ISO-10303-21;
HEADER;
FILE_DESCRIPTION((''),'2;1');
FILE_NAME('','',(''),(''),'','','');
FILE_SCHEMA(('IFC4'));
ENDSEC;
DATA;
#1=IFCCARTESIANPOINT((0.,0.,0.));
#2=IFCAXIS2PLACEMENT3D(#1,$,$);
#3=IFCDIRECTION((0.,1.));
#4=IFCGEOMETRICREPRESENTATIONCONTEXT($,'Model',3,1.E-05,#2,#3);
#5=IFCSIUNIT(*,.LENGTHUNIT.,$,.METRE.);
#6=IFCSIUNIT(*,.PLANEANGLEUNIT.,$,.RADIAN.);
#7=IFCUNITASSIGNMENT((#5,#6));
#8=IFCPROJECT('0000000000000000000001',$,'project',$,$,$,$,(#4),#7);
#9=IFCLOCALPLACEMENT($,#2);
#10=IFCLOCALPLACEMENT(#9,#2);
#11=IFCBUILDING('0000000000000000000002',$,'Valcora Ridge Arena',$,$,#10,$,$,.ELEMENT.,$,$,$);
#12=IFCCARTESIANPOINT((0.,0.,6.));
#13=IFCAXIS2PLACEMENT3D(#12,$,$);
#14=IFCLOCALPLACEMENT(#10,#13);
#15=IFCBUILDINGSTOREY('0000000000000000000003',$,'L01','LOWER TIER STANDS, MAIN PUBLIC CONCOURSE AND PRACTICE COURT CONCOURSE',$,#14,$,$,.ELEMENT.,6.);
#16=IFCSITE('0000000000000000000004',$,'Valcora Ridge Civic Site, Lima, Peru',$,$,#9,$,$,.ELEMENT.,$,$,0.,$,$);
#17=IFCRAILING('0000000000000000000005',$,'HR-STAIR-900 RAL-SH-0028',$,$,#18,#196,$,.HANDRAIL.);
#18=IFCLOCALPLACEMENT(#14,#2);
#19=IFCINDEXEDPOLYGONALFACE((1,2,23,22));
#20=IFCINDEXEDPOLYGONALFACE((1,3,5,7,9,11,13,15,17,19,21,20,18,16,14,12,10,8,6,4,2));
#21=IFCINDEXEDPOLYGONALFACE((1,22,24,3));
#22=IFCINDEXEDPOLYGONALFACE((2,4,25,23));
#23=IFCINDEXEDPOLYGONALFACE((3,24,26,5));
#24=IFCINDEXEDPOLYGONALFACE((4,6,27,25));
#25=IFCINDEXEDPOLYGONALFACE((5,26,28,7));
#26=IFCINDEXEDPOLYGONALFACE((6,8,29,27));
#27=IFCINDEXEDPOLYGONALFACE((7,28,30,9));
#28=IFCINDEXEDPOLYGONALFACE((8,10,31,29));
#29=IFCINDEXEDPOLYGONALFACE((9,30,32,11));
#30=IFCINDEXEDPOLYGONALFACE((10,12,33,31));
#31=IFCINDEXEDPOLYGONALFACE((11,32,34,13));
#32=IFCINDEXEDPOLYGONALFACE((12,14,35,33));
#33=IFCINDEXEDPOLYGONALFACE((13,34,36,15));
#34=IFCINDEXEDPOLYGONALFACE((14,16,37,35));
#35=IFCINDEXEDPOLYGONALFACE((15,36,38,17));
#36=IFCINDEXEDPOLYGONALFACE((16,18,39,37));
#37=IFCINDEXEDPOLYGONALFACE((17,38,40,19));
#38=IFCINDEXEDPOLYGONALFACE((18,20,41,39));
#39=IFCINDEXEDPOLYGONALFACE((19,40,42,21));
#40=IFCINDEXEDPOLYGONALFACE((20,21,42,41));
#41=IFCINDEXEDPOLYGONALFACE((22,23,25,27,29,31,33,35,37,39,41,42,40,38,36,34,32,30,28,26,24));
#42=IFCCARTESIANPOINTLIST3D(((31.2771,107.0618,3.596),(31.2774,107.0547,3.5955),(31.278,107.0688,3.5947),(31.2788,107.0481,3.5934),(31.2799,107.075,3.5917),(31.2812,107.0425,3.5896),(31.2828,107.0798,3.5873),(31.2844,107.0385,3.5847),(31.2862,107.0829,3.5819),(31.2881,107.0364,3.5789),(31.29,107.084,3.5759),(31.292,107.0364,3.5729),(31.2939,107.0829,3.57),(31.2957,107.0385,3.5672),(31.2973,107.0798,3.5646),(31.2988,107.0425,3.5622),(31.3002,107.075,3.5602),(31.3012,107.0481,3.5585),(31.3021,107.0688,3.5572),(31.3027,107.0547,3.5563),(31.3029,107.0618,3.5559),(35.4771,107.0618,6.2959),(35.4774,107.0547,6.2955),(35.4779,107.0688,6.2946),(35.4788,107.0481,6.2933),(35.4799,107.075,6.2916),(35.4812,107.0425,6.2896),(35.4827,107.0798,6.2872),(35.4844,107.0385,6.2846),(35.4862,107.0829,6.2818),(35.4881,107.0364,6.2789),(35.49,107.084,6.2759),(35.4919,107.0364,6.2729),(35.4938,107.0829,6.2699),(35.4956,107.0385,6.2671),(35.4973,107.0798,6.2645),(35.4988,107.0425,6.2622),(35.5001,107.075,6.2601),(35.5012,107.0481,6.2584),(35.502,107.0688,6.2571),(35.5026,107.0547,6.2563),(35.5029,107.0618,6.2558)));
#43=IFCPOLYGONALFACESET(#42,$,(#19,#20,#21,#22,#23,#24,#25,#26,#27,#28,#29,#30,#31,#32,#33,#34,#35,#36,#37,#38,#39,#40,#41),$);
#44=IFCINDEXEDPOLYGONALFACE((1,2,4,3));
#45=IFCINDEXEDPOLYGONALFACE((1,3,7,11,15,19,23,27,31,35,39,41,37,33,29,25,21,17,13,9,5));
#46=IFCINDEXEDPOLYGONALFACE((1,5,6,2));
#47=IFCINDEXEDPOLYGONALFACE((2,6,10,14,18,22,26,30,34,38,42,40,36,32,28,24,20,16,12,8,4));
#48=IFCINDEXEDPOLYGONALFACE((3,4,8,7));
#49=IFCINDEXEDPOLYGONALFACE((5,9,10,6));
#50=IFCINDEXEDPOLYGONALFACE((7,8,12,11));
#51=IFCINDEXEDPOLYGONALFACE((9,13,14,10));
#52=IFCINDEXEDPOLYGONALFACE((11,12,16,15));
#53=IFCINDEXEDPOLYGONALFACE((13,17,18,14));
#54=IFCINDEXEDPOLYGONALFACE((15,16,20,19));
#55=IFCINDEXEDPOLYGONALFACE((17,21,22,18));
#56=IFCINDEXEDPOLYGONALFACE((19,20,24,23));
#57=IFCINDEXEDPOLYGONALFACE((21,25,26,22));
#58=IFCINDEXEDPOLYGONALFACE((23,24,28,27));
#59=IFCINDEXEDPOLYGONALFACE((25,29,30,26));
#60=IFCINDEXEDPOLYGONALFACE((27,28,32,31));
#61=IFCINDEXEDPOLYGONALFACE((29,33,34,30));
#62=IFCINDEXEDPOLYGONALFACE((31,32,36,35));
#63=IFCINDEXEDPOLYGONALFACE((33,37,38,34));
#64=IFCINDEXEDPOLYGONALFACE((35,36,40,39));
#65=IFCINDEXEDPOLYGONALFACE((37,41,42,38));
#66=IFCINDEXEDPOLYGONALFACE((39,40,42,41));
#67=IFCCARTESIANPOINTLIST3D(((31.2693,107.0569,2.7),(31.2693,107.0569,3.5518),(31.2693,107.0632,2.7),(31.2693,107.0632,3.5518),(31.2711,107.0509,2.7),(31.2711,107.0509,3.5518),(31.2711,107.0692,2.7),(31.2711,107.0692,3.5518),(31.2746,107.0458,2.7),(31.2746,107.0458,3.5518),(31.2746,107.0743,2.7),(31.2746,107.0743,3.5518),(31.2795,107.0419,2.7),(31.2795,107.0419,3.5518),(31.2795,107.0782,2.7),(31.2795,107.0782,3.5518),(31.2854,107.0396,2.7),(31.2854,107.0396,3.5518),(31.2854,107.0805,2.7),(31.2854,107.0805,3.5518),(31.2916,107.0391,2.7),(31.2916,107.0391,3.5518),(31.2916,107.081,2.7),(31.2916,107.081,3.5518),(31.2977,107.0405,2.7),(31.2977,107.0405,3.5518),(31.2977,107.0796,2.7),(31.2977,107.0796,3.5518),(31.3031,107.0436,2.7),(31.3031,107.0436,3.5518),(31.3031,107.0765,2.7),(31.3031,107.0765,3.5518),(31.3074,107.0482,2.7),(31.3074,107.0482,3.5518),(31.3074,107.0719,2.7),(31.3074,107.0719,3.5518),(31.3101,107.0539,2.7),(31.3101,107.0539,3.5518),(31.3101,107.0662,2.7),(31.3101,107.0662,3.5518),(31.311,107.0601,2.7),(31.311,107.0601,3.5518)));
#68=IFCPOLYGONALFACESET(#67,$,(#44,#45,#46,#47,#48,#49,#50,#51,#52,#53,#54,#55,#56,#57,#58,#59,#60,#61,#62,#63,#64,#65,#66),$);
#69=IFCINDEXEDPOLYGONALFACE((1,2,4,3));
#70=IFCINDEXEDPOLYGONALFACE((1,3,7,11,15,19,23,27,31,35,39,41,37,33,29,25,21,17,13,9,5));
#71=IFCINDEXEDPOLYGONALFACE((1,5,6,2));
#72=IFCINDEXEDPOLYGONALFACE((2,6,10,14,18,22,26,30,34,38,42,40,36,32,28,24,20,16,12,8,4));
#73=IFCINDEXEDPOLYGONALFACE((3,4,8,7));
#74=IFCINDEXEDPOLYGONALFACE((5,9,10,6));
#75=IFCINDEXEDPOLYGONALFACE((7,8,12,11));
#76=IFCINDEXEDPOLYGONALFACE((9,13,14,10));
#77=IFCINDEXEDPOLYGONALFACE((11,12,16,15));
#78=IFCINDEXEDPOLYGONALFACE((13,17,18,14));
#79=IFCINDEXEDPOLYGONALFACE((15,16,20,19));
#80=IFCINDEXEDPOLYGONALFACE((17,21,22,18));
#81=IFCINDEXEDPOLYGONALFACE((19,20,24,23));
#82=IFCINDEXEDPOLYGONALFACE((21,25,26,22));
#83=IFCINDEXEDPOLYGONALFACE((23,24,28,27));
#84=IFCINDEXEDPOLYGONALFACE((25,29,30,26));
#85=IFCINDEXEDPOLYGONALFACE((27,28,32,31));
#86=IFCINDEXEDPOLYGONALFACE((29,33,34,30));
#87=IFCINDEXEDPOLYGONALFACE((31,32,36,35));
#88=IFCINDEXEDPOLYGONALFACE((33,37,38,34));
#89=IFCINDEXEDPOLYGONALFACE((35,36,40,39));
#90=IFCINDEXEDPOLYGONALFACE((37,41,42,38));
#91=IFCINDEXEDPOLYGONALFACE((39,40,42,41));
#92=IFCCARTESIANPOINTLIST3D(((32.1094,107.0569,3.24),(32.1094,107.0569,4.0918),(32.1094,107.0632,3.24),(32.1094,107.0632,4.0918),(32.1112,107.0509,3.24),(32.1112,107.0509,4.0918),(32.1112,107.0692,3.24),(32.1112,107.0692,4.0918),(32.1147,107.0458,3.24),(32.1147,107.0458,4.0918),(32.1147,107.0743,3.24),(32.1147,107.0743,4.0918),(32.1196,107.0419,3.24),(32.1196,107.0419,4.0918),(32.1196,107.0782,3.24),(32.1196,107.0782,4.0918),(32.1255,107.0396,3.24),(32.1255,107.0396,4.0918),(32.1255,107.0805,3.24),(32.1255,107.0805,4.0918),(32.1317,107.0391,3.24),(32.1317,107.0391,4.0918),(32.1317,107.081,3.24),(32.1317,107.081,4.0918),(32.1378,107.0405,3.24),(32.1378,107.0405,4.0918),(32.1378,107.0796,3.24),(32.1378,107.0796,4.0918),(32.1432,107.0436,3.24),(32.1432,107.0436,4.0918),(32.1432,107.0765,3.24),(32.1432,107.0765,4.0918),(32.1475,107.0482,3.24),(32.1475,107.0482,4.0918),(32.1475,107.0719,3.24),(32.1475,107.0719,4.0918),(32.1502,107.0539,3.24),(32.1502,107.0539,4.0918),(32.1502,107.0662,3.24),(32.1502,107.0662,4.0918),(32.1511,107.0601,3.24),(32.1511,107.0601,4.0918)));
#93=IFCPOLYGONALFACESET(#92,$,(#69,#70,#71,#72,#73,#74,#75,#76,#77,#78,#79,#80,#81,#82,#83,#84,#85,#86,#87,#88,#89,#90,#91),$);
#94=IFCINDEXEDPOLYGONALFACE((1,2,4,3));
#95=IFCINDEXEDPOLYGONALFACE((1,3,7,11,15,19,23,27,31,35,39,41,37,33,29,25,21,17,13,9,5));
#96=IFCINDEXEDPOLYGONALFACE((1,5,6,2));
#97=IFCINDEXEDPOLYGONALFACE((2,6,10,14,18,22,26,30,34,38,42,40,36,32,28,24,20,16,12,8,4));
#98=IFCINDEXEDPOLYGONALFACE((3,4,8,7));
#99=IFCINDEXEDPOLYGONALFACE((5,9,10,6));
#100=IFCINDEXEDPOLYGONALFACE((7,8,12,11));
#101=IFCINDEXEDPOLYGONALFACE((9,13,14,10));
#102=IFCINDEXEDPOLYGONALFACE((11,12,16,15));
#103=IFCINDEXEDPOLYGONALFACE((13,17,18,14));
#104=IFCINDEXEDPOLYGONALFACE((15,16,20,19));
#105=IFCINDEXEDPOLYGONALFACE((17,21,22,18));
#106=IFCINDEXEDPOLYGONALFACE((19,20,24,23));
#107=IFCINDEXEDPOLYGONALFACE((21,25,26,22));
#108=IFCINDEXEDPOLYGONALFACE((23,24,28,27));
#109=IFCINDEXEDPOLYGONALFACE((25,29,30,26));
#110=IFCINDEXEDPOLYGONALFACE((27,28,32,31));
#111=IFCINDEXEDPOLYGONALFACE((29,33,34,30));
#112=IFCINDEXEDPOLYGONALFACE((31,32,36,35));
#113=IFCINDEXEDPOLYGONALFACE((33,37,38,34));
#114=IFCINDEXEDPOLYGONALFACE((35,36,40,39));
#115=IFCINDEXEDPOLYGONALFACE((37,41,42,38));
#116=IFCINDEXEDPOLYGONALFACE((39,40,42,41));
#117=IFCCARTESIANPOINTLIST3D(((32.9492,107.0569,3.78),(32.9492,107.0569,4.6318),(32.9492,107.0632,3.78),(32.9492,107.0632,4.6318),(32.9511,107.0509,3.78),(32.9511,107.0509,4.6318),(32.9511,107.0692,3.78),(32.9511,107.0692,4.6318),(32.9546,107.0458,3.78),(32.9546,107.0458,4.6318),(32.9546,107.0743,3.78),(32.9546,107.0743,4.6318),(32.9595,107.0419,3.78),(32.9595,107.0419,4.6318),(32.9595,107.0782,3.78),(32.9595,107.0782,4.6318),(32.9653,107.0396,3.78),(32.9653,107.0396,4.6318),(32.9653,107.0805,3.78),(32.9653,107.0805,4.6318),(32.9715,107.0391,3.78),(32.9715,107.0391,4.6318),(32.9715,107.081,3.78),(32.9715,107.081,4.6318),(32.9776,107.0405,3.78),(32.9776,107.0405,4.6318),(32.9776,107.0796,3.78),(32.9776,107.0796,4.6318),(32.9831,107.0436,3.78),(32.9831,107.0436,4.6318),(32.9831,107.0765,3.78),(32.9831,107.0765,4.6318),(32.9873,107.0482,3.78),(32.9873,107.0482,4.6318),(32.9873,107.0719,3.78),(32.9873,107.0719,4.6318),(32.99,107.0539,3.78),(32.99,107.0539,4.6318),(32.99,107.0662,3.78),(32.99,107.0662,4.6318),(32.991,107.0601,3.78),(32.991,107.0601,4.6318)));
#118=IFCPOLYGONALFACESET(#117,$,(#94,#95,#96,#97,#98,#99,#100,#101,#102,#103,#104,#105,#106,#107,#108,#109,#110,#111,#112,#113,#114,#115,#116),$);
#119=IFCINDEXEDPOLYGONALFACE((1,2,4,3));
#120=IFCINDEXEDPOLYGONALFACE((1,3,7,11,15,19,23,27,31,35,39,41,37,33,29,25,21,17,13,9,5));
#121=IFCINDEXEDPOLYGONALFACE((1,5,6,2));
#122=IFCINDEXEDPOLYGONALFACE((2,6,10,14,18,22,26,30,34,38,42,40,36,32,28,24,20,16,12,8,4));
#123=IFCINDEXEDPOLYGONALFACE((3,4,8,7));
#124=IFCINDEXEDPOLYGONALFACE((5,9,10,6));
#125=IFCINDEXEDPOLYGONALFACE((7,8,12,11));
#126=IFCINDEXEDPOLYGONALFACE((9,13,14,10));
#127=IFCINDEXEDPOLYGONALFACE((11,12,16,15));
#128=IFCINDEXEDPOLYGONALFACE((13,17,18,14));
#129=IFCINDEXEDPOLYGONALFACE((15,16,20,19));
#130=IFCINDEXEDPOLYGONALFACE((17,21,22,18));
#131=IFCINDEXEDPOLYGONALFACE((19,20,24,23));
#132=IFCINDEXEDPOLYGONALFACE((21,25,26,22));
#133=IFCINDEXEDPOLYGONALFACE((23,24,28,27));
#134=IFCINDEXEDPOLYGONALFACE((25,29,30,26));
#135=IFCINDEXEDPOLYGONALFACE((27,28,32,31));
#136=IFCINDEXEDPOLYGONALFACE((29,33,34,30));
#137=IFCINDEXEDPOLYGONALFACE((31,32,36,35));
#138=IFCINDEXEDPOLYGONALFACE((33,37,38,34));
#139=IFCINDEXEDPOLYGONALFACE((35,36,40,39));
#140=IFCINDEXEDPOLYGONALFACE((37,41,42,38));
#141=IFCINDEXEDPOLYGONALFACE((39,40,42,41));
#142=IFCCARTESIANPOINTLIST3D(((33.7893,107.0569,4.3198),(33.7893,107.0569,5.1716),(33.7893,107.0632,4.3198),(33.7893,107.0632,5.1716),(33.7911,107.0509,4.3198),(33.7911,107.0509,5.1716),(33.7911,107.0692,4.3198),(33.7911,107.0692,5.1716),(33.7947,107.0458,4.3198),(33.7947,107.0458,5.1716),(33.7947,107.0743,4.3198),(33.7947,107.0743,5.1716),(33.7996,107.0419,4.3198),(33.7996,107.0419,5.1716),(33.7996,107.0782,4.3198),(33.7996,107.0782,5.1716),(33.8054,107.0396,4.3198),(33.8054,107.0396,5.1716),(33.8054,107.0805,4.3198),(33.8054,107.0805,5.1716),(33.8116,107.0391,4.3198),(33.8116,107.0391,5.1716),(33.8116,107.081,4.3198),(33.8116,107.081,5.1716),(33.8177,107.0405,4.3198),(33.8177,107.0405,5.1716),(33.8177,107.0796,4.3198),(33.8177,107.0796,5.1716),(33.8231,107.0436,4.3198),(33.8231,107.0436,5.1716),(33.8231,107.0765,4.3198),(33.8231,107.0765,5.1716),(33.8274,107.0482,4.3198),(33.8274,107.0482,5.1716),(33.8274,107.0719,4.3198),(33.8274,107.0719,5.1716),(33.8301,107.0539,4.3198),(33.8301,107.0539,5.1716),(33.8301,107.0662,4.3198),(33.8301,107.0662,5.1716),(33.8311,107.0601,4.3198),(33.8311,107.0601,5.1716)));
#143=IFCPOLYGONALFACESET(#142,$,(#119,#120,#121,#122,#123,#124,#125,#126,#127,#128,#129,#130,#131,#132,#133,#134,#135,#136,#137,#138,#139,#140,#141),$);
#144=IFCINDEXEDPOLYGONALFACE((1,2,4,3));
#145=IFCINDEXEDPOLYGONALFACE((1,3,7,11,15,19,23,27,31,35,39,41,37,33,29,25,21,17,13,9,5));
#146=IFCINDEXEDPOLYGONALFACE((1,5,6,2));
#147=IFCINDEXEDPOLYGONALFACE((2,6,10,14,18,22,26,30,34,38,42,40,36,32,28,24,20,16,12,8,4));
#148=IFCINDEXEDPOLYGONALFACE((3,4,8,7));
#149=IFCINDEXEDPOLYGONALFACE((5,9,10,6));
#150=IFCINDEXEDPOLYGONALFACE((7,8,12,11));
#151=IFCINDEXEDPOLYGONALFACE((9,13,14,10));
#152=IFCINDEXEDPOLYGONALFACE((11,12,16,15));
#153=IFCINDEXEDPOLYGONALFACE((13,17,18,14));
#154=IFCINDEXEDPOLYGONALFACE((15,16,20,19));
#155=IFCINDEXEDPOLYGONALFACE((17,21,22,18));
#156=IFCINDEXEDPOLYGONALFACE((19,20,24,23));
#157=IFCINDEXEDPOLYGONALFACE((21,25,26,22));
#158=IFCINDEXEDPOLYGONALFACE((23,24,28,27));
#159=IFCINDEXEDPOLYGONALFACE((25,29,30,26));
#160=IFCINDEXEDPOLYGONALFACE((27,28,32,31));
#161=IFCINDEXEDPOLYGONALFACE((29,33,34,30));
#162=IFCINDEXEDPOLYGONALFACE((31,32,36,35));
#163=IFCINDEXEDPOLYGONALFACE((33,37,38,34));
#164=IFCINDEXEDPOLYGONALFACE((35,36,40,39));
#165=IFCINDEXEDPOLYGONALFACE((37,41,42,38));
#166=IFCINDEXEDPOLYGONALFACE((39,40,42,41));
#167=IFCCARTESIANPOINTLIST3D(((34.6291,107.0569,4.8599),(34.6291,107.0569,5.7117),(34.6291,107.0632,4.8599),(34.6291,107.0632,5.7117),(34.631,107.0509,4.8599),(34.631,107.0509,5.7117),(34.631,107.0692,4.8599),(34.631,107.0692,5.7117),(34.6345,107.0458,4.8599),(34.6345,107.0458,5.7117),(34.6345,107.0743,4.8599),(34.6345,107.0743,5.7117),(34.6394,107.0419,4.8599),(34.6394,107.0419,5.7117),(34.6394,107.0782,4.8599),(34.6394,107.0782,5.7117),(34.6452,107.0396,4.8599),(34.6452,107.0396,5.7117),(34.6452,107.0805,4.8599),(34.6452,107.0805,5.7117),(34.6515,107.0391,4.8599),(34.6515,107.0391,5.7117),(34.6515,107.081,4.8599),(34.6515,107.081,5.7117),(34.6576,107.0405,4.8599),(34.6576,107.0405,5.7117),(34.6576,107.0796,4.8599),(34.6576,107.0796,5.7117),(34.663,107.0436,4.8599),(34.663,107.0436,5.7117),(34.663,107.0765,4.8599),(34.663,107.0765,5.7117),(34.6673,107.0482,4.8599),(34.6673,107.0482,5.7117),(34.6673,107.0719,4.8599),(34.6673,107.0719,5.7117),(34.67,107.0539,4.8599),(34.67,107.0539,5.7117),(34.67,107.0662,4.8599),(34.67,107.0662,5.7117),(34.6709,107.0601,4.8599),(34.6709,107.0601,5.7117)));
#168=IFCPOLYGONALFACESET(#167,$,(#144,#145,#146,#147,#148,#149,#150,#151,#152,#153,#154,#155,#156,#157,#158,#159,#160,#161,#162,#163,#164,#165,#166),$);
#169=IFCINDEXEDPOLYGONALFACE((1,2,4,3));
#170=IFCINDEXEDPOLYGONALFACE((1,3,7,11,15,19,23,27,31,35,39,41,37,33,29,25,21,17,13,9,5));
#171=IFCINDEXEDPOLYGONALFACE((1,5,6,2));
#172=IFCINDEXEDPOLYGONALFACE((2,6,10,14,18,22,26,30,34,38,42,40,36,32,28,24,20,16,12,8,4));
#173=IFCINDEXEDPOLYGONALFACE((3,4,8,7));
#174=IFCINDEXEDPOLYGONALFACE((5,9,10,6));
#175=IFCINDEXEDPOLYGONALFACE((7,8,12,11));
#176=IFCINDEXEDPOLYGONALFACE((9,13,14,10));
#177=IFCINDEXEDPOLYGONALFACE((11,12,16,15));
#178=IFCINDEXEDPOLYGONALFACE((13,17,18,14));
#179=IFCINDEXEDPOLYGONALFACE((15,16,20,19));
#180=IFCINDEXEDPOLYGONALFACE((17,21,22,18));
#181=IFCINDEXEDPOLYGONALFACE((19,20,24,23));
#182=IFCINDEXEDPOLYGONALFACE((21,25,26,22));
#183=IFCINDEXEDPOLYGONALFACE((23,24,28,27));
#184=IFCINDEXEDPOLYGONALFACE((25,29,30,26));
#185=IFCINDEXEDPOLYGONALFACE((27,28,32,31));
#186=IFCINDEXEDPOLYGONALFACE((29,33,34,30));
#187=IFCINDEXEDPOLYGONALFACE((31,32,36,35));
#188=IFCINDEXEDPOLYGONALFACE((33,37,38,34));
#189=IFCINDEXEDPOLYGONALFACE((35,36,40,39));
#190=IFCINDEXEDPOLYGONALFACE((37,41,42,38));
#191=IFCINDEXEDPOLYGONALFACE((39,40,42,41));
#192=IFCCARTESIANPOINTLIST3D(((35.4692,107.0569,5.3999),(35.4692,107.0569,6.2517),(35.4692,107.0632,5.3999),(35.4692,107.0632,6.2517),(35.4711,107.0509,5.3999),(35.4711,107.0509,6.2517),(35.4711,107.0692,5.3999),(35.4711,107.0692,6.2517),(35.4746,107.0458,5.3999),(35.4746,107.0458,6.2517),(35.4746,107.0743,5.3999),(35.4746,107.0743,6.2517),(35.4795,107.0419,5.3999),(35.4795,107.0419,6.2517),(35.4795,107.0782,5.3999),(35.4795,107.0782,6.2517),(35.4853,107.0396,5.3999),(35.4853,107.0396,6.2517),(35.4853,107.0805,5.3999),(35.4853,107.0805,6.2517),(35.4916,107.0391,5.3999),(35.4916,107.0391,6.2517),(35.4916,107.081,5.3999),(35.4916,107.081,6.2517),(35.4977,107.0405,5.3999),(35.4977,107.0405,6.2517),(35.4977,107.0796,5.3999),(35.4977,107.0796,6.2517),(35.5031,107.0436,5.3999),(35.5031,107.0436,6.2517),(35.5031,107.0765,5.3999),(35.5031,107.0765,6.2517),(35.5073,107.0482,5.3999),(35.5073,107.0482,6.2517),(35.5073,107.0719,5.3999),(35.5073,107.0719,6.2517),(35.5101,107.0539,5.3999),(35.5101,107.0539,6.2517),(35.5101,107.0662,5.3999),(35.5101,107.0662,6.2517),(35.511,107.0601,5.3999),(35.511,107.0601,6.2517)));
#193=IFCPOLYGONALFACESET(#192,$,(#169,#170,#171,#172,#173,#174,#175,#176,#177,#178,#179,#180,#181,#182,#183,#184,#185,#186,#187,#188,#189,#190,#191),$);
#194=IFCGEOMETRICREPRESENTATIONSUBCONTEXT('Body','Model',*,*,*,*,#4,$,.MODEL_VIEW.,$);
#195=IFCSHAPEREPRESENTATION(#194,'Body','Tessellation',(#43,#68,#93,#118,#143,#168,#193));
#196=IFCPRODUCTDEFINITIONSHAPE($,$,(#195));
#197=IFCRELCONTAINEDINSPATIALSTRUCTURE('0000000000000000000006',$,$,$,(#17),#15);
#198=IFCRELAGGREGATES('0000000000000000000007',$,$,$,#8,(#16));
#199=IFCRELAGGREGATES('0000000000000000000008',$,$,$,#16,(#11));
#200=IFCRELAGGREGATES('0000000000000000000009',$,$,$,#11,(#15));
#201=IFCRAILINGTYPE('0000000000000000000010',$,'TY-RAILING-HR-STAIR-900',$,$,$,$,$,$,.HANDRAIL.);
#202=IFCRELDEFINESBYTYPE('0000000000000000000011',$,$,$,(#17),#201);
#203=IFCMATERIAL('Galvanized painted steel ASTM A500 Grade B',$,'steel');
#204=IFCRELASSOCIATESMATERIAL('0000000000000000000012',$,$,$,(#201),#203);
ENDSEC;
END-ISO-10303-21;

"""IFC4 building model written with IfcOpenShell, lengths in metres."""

from ifc_helpers import new_model, si_unit, direction, frame, origin, origin_2d, place, context, subcontext, project, spatial, circle, extrude, material, type_object, element, save


model = new_model("IFC4")

# Units and contexts
model_context = context("Model", 3, precision=1e-05, world=origin(), true_north=direction((0.0, 1.0)))
body_context = subcontext(model_context, "Body", "Model", "MODEL_VIEW")
ifc_project = project(units=[si_unit("LENGTHUNIT", "METRE"), si_unit("PLANEANGLEUNIT", "RADIAN")], contexts=[model_context])

# Site, building, storey
site_placement = place(None, origin())
site = spatial("IfcSite", under=ifc_project, at=site_placement, Name="Valcora Ridge Civic Site, Lima, Peru", CompositionType="ELEMENT", RefElevation=0.0)
building_placement = place(site_placement, origin())
building = spatial("IfcBuilding", under=site, at=building_placement, Name="Valcora Ridge Arena", CompositionType="ELEMENT")
storey_placement = place(building_placement, frame((0.0, 0.0, 6.0)))
storey = spatial("IfcBuildingStorey", under=building, at=storey_placement, Name="L01", Description="LOWER TIER STANDS, MAIN PUBLIC CONCOURSE AND PRACTICE COURT CONCOURSE", CompositionType="ELEMENT", Elevation=6.0)

# Railing
ifc_material_1 = material(Name="Galvanized painted steel ASTM A500 Grade B", Category="steel")
railing_type = type_object("IfcRailingType", Name="TY-RAILING-HR-STAIR-900", PredefinedType="HANDRAIL", material=ifc_material_1)
railing_placement = place(storey_placement, frame((31.29, 107.0601, 2.7)))
element("IfcRailing", 1, at=railing_placement, inside=storey, type_object=railing_type, Name="HR-STAIR-900 RAL-SH-0028", PredefinedType="HANDRAIL", context=body_context, shape_type="SweptSolid", body=[
    extrude(circle(Radius=0.0239, at=origin_2d()), frame((0.0, 0.0, 0.876), z_axis=(0.84118, 0.0, 0.540755), x_axis=(0.0, 1.0, 0.0)), (0.0, 0.0, 1.0), 4.9929),
    extrude(circle(Radius=0.021, at=origin_2d()), origin(), (0.0, 0.0, 1.0), 0.8518),
    extrude(circle(Radius=0.021, at=origin_2d()), frame((0.8401, 0.0, 0.54)), (0.0, 0.0, 1.0), 0.8518),
    extrude(circle(Radius=0.021, at=origin_2d()), frame((1.6799, 0.0, 1.0801)), (0.0, 0.0, 1.0), 0.8518),
    extrude(circle(Radius=0.021, at=origin_2d()), frame((2.52, 0.0, 1.6199)), (0.0, 0.0, 1.0), 0.8518),
    extrude(circle(Radius=0.021, at=origin_2d()), frame((3.3599, 0.0, 2.1599)), (0.0, 0.0, 1.0), 0.8518),
    extrude(circle(Radius=0.021, at=origin_2d()), frame((4.2, 0.0, 2.7)), (0.0, 0.0, 1.0), 0.8518),
])

save(model, "model.ifc")
